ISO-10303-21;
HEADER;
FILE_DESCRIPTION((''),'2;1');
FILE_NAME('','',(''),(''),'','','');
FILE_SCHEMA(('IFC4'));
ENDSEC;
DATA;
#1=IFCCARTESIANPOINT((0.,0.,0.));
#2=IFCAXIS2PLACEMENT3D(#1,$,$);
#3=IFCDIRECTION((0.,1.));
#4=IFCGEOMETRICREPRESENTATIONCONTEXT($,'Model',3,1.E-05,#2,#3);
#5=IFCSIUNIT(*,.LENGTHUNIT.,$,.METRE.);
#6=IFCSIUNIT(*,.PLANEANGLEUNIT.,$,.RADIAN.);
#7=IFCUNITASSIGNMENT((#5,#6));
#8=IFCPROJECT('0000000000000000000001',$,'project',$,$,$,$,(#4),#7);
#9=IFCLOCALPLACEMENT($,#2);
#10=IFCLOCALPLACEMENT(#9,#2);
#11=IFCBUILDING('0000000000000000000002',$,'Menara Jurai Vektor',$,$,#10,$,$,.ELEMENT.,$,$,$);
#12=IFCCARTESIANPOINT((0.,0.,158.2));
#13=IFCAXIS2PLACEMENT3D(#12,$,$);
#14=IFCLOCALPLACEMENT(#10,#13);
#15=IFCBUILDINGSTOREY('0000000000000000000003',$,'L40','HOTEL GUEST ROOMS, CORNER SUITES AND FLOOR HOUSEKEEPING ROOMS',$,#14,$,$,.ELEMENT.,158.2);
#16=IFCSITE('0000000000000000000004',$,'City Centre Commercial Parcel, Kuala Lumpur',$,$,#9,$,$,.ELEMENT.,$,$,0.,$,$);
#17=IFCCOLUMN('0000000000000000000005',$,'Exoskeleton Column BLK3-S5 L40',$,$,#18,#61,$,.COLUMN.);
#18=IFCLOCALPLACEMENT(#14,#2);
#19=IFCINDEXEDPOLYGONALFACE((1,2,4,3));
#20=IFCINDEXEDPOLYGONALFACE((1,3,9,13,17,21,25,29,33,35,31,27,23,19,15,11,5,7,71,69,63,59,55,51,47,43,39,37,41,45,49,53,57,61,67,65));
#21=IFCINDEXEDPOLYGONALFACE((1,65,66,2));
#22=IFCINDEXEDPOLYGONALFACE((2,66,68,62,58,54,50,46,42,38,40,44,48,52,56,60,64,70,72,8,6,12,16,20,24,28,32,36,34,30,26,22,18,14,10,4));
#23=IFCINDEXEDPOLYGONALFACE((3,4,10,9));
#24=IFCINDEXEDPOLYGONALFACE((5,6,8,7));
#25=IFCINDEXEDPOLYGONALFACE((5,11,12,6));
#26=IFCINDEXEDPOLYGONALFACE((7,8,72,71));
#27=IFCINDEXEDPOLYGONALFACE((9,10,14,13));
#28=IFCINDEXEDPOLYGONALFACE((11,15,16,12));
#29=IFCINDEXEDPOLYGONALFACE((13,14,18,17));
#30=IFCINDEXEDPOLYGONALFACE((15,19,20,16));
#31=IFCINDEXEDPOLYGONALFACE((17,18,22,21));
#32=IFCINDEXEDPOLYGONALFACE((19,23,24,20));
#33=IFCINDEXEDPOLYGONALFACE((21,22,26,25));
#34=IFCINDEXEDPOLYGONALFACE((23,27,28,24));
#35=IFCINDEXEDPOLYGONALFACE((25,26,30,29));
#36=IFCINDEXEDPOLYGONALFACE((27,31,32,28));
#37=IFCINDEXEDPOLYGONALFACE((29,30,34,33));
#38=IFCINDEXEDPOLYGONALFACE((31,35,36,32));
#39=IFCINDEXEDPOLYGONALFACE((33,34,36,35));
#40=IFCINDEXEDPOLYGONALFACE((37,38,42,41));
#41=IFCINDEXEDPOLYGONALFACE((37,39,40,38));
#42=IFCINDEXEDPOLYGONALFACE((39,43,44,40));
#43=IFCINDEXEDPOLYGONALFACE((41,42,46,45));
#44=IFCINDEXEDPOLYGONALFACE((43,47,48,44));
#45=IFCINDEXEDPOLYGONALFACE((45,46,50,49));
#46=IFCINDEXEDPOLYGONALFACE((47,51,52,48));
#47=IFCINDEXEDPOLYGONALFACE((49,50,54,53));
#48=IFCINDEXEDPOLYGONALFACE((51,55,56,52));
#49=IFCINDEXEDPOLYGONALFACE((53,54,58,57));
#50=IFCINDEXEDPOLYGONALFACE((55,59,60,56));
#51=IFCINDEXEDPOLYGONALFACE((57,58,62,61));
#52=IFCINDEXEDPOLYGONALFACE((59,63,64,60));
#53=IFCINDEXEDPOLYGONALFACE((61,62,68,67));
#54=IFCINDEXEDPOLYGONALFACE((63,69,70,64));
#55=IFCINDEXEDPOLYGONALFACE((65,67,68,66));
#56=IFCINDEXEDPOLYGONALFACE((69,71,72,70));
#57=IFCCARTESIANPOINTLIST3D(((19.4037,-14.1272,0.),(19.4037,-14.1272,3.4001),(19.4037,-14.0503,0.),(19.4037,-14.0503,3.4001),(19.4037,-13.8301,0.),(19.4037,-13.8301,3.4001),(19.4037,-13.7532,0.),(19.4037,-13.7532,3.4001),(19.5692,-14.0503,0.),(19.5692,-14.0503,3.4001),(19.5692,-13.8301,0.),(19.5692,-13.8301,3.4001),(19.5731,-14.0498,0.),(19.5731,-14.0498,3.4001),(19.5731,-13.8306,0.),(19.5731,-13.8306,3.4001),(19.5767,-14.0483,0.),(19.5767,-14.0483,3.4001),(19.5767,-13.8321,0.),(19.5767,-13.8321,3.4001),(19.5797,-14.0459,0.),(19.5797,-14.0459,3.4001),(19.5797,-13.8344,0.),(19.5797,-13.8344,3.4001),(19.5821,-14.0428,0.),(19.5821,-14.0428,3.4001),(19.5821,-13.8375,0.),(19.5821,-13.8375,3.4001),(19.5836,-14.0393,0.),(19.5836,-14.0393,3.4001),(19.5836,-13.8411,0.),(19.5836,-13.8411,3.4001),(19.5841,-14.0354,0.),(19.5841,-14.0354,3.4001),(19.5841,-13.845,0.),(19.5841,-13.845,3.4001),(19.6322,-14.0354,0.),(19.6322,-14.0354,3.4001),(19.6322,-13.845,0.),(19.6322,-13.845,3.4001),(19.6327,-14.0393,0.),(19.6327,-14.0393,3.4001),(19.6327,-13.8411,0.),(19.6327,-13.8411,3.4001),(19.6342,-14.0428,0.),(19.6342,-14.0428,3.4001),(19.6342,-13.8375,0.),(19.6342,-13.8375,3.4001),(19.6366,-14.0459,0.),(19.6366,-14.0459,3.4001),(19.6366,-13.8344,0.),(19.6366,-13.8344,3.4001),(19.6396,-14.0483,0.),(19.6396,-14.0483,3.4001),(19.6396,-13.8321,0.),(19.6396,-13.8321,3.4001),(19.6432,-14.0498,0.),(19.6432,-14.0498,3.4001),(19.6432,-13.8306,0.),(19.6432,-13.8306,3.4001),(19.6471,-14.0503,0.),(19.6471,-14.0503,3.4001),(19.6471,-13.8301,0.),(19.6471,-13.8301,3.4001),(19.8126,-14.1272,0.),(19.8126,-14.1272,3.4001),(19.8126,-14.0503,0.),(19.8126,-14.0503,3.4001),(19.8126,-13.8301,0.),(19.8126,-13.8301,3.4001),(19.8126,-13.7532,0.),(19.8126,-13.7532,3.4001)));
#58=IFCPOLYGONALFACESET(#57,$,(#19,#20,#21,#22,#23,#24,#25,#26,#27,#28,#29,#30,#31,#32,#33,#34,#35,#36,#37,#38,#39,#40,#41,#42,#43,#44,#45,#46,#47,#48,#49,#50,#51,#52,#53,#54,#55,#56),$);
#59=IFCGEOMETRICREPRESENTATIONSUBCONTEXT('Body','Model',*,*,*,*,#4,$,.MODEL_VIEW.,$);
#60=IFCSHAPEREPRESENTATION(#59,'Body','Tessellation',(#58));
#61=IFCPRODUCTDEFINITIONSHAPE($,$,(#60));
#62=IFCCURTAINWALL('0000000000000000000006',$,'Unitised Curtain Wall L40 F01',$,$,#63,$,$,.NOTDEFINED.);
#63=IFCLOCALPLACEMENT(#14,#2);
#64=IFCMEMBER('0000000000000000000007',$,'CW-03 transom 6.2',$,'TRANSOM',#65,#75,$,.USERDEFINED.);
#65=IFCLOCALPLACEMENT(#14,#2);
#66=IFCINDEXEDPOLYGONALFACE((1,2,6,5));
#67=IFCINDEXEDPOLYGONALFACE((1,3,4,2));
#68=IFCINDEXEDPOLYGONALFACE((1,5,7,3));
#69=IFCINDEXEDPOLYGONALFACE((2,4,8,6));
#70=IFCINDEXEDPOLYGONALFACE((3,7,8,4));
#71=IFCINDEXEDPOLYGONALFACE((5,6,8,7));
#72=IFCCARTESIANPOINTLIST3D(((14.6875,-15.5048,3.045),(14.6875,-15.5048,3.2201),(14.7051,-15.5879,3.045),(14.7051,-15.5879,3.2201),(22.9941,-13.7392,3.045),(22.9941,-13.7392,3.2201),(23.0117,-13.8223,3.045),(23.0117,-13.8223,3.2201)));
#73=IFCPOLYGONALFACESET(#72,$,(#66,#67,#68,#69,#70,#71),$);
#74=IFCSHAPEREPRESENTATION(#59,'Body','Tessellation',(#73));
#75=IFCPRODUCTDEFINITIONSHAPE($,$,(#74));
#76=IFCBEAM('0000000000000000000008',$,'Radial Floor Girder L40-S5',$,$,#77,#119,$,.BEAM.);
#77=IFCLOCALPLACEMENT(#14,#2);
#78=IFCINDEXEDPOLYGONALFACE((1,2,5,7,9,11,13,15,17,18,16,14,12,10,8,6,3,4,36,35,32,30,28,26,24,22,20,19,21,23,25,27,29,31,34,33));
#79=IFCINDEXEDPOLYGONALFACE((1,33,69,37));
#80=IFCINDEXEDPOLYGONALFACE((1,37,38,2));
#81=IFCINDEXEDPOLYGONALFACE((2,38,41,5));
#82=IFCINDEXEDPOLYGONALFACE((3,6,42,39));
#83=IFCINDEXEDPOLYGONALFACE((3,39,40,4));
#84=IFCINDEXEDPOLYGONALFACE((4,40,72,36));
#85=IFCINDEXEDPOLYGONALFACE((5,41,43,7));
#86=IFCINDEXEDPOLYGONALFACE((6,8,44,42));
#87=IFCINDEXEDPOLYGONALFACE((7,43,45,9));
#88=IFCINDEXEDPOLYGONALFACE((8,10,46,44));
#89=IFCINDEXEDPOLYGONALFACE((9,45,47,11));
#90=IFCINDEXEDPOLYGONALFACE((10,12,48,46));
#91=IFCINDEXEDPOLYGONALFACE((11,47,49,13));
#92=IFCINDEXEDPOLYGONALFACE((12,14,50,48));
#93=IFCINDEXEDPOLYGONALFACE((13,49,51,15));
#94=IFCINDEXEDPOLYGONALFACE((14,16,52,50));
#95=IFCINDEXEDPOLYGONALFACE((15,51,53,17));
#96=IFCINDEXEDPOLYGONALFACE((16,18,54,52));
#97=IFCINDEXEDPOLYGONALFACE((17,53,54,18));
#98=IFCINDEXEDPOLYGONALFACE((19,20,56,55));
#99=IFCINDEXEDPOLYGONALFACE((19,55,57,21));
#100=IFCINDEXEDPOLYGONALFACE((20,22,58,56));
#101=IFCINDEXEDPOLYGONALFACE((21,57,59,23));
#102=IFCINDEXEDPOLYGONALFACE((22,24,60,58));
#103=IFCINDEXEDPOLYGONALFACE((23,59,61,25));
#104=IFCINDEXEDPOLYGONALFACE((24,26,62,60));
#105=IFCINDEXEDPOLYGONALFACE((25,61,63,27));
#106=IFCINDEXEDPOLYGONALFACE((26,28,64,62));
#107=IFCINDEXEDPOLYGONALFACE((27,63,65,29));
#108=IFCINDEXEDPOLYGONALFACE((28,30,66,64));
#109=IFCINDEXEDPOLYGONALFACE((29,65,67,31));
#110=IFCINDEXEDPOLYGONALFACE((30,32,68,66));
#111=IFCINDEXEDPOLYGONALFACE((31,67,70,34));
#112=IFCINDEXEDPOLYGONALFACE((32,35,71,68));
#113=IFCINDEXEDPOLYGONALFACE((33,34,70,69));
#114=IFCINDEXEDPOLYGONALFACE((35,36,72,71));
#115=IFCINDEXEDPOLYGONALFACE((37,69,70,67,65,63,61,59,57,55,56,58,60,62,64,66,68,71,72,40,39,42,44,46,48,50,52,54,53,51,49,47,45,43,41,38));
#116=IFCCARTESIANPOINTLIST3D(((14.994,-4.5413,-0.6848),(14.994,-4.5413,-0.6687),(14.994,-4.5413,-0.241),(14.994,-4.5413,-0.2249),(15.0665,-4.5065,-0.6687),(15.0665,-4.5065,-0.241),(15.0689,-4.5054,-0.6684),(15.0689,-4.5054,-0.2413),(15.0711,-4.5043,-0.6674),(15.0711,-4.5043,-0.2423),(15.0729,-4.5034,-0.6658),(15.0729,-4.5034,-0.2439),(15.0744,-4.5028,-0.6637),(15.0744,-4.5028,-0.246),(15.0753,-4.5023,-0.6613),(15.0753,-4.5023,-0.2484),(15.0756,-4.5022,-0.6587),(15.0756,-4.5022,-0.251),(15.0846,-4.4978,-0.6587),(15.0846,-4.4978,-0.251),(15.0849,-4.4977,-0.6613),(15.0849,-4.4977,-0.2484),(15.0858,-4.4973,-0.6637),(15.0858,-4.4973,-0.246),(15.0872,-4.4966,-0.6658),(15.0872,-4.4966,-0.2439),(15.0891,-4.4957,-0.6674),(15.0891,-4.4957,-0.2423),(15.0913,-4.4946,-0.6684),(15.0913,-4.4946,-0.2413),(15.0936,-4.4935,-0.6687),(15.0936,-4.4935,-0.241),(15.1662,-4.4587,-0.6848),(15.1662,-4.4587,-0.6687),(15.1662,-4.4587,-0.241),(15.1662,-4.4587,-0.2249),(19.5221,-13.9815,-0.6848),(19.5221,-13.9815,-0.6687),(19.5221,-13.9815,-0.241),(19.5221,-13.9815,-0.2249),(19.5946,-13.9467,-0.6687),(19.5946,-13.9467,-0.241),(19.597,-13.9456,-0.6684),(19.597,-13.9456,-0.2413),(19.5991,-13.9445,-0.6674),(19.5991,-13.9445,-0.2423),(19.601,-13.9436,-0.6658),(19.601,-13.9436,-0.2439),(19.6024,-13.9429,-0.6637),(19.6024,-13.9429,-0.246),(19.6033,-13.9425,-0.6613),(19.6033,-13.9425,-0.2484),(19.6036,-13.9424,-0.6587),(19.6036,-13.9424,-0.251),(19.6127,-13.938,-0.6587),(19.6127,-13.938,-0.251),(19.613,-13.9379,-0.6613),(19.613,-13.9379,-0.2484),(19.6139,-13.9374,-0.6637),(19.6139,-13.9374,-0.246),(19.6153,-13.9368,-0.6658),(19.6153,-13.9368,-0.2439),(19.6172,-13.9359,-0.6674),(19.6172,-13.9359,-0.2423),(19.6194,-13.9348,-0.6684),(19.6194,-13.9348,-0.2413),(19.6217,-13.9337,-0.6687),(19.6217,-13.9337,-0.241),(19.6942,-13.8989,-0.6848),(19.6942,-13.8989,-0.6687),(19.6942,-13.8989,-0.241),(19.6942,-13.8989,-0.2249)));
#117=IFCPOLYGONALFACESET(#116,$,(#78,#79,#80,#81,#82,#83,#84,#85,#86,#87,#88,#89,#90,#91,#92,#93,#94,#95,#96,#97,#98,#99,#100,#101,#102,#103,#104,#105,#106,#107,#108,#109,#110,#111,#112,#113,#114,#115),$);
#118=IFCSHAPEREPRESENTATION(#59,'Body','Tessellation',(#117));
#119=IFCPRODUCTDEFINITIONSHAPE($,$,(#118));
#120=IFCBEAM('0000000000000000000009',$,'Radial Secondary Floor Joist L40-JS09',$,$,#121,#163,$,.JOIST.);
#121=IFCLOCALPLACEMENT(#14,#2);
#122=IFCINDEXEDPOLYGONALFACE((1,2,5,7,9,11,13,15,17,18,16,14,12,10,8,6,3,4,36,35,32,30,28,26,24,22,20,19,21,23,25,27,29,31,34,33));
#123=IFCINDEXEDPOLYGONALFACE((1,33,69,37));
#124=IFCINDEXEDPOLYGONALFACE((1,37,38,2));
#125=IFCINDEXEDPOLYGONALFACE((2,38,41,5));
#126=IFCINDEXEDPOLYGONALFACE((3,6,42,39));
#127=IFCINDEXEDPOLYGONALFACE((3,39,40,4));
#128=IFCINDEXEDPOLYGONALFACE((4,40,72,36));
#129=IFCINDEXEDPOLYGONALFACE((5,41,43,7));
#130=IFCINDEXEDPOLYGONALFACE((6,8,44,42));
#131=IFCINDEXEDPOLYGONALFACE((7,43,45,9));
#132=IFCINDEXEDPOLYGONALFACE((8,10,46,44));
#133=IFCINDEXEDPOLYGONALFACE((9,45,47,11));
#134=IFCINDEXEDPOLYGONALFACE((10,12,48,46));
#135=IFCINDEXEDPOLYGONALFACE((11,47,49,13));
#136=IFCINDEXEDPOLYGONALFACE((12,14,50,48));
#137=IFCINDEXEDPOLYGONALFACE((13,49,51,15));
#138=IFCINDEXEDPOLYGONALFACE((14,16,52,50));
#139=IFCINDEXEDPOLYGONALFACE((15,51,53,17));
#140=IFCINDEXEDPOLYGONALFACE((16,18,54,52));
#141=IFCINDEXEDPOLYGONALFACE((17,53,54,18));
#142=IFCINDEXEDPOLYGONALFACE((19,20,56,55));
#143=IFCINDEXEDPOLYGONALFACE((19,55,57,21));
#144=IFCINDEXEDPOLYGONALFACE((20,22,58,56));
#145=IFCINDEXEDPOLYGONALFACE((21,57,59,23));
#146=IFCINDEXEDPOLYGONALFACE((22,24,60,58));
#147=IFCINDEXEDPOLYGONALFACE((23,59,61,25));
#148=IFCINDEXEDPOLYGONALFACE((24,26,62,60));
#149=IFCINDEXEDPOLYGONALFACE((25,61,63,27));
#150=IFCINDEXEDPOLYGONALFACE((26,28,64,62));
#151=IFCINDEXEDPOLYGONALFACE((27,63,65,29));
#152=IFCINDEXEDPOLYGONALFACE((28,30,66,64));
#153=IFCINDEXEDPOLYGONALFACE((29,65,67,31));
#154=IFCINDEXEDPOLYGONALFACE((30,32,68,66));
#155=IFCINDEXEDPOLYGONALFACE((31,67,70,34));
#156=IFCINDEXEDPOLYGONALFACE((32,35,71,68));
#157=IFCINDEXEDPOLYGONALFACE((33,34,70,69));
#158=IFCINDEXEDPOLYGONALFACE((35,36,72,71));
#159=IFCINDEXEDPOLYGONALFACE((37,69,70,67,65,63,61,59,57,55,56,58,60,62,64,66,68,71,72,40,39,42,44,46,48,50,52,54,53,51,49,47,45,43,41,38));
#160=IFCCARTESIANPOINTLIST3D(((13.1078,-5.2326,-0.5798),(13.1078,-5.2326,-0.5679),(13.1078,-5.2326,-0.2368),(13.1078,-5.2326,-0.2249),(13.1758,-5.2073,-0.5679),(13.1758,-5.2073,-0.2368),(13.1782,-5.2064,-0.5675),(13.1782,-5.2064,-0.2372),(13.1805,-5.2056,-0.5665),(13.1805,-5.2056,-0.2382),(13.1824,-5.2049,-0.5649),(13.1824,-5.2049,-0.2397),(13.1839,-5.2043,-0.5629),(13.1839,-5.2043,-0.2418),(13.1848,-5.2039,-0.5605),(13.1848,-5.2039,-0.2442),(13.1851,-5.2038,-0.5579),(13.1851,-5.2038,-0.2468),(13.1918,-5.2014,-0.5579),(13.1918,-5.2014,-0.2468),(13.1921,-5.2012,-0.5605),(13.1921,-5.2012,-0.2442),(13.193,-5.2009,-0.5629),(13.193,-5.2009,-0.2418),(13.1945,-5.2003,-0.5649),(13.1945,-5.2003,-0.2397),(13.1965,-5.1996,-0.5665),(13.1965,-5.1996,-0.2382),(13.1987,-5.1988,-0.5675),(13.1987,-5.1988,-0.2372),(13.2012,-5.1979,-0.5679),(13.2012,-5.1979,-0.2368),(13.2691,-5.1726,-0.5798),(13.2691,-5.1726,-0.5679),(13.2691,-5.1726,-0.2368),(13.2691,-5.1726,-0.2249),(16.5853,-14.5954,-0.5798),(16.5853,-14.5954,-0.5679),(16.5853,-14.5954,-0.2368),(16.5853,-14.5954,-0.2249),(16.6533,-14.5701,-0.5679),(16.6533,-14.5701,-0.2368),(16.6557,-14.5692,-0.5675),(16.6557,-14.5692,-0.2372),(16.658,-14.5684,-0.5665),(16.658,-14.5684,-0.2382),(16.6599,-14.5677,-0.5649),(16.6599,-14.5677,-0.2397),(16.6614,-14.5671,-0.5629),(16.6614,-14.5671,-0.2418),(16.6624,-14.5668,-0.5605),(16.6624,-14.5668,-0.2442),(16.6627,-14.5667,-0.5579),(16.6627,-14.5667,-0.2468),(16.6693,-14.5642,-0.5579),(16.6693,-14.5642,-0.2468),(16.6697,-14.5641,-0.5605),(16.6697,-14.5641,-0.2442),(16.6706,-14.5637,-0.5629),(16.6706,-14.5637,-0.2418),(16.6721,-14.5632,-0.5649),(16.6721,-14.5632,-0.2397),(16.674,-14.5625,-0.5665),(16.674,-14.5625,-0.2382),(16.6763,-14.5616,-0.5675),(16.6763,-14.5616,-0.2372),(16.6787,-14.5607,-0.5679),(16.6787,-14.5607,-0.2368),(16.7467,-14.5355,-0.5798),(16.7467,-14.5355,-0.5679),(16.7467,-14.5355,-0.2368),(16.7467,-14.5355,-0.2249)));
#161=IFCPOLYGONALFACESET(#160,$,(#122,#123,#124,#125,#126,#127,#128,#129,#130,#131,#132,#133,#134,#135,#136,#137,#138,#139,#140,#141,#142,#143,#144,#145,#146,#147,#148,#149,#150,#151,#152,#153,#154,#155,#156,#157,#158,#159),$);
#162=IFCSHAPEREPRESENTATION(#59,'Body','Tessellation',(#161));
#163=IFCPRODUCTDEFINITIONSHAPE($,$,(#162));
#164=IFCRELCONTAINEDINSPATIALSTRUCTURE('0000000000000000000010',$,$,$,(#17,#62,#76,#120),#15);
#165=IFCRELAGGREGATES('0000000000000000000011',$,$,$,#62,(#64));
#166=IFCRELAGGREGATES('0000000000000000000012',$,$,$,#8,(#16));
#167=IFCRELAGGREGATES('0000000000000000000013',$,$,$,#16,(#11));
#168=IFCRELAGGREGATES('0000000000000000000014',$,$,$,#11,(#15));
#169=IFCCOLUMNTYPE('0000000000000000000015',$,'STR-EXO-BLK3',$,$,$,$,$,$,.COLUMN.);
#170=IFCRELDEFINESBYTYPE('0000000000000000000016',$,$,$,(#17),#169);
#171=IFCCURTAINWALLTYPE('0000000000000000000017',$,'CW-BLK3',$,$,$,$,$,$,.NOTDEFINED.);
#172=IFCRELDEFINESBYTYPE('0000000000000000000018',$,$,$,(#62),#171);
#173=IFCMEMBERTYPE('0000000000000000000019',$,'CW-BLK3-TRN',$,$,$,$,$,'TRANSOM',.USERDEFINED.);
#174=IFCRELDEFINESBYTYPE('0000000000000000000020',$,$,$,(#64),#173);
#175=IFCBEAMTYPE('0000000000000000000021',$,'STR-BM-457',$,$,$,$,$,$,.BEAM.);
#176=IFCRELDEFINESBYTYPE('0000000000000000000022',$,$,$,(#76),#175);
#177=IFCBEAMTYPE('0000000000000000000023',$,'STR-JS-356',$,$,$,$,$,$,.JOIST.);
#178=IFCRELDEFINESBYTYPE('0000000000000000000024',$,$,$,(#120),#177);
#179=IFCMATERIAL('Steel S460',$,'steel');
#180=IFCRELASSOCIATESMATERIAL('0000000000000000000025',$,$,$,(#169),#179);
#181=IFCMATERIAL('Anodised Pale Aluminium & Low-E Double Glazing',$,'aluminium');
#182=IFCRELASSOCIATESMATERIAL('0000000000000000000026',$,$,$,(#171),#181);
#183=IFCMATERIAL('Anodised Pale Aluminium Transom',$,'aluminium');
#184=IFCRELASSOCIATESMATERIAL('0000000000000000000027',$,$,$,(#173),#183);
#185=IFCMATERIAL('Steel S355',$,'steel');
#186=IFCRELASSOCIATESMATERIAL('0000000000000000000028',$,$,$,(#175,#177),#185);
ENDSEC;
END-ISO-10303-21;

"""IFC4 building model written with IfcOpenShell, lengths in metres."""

from ifc_helpers import new_model, si_unit, direction, frame, origin, origin_2d, place, context, subcontext, project, spatial, rectangle, i_section, extrude, material, material_profile, profile_set, type_object, element, aggregate, save


model = new_model("IFC4")

# Units and contexts
model_context = context("Model", 3, precision=1e-05, world=origin(), true_north=direction((0.0, 1.0)))
body_context = subcontext(model_context, "Body", "Model", "MODEL_VIEW")
ifc_project = project(units=[si_unit("LENGTHUNIT", "METRE"), si_unit("PLANEANGLEUNIT", "RADIAN")], contexts=[model_context])

# Site, building, storey
site_placement = place(None, origin())
site = spatial("IfcSite", under=ifc_project, at=site_placement, Name="City Centre Commercial Parcel, Kuala Lumpur", CompositionType="ELEMENT", RefElevation=0.0)
building_placement = place(site_placement, origin())
building = spatial("IfcBuilding", under=site, at=building_placement, Name="Menara Jurai Vektor", CompositionType="ELEMENT")
storey_placement = place(building_placement, frame((0.0, 0.0, 158.2)))
storey = spatial("IfcBuildingStorey", under=building, at=storey_placement, Name="L40", Description="HOTEL GUEST ROOMS, CORNER SUITES AND FLOOR HOUSEKEEPING ROOMS", CompositionType="ELEMENT", Elevation=158.2)

# Column
ifc_material_1 = material(Name="Steel S460", Category="steel")
ifc_material_profile_1 = material_profile(ifc_material_1, i_section(OverallWidth=0.4089, OverallDepth=0.374, WebThickness=0.0481, FlangeThickness=0.0769, FilletRadius=0.0149, at=origin_2d()), Name="HD 400x634")
ifc_profile_set_1 = profile_set([ifc_material_profile_1], Name="Steel S460")
column_type = type_object("IfcColumnType", Name="STR-EXO-BLK3", PredefinedType="COLUMN", material=ifc_profile_set_1)
column_placement = place(storey_placement, frame((19.6082, -13.9402, 0.0), z_axis=(0.0, 0.0, 1.0), x_axis=(1.0, 0.0, 0.0)))
element("IfcColumn", 1, at=column_placement, inside=storey, type_object=column_type, Name="Exoskeleton Column BLK3-S5 L40", PredefinedType="COLUMN", context=body_context, shape_type="SweptSolid", body=[
    extrude(i_section(OverallWidth=0.4089, OverallDepth=0.374, WebThickness=0.0481, FlangeThickness=0.0769, FilletRadius=0.0149, at=origin_2d()), origin(), (0.0, 0.0, 1.0), 3.4001),
])

# Curtain wall, member
ifc_material_2 = material(Name="Anodised Pale Aluminium & Low-E Double Glazing", Category="aluminium")
curtain_wall_type = type_object("IfcCurtainWallType", Name="CW-BLK3", PredefinedType="NOTDEFINED", material=ifc_material_2)
curtain_wall_placement = place(storey_placement, origin())
curtain_wall = element("IfcCurtainWall", 2, at=curtain_wall_placement, inside=storey, type_object=curtain_wall_type, Name="Unitised Curtain Wall L40 F01", PredefinedType="NOTDEFINED")
ifc_material_3 = material(Name="Anodised Pale Aluminium Transom", Category="aluminium")
ifc_material_profile_2 = material_profile(ifc_material_3, rectangle(XDim=0.085, YDim=0.175, at=origin_2d()), Name="ALU TRN 85x175")
ifc_profile_set_2 = profile_set([ifc_material_profile_2], Name="Anodised Pale Aluminium Transom")
member_type = type_object("IfcMemberType", Name="CW-BLK3-TRN", ElementType="TRANSOM", PredefinedType="USERDEFINED", material=ifc_profile_set_2)
member_placement = place(storey_placement, frame((14.6963, -15.5464, 3.1326), z_axis=(0.978148, 0.207911, 0.0), x_axis=(-0.207911, 0.978148, 0.0)))
member = element("IfcMember", 3, at=member_placement, type_object=member_type, Name="CW-03 transom 6.2", ObjectType="TRANSOM", PredefinedType="USERDEFINED", context=body_context, shape_type="SweptSolid", body=[
    extrude(rectangle(XDim=0.085, YDim=0.175, at=origin_2d()), origin(), (0.0, 0.0, 1.0), 8.4922),
])

# Beams
ifc_material_4 = material(Name="Steel S355", Category="steel")
ifc_material_profile_3 = material_profile(ifc_material_4, i_section(OverallWidth=0.1909, OverallDepth=0.46, WebThickness=0.01, FlangeThickness=0.0161, FilletRadius=0.01, at=origin_2d()), Name="UKB 457x191x82")
ifc_profile_set_3 = profile_set([ifc_material_profile_3], Name="Steel S355")
beam_type_1 = type_object("IfcBeamType", Name="STR-BM-457", PredefinedType="BEAM", material=ifc_profile_set_3)
beam_1_placement = place(storey_placement, frame((19.6082, -13.9402, -0.4548), z_axis=(-0.432482, 0.901643, 0.0), x_axis=(-0.901643, -0.432482, 0.0)))
element("IfcBeam", 4, at=beam_1_placement, inside=storey, type_object=beam_type_1, Name="Radial Floor Girder L40-S5", PredefinedType="BEAM", context=body_context, shape_type="SweptSolid", body=[
    extrude(i_section(OverallWidth=0.1909, OverallDepth=0.46, WebThickness=0.01, FlangeThickness=0.0161, FilletRadius=0.01, at=origin_2d()), origin(), (0.0, 0.0, 1.0), 10.47),
])
ifc_material_profile_4 = material_profile(ifc_material_4, i_section(OverallWidth=0.1721, OverallDepth=0.355, WebThickness=0.0071, FlangeThickness=0.012, FilletRadius=0.01, at=origin_2d()), Name="UKB 356x171x51")
ifc_profile_set_4 = profile_set([ifc_material_profile_4], Name="Steel S355")
beam_type_2 = type_object("IfcBeamType", Name="STR-JS-356", PredefinedType="JOIST", material=ifc_profile_set_4)
beam_2_placement = place(storey_placement, frame((16.666, -14.5654, -0.4023), z_axis=(-0.34818, 0.937428, 0.0), x_axis=(-0.937428, -0.34818, 0.0)))
element("IfcBeam", 5, at=beam_2_placement, inside=storey, type_object=beam_type_2, Name="Radial Secondary Floor Joist L40-JS09", PredefinedType="JOIST", context=body_context, shape_type="SweptSolid", body=[
    extrude(i_section(OverallWidth=0.1721, OverallDepth=0.355, WebThickness=0.0071, FlangeThickness=0.012, FilletRadius=0.01, at=origin_2d()), origin(), (0.0, 0.0, 1.0), 9.9878),
])

aggregate(curtain_wall, [member])

save(model, "model.ifc")
